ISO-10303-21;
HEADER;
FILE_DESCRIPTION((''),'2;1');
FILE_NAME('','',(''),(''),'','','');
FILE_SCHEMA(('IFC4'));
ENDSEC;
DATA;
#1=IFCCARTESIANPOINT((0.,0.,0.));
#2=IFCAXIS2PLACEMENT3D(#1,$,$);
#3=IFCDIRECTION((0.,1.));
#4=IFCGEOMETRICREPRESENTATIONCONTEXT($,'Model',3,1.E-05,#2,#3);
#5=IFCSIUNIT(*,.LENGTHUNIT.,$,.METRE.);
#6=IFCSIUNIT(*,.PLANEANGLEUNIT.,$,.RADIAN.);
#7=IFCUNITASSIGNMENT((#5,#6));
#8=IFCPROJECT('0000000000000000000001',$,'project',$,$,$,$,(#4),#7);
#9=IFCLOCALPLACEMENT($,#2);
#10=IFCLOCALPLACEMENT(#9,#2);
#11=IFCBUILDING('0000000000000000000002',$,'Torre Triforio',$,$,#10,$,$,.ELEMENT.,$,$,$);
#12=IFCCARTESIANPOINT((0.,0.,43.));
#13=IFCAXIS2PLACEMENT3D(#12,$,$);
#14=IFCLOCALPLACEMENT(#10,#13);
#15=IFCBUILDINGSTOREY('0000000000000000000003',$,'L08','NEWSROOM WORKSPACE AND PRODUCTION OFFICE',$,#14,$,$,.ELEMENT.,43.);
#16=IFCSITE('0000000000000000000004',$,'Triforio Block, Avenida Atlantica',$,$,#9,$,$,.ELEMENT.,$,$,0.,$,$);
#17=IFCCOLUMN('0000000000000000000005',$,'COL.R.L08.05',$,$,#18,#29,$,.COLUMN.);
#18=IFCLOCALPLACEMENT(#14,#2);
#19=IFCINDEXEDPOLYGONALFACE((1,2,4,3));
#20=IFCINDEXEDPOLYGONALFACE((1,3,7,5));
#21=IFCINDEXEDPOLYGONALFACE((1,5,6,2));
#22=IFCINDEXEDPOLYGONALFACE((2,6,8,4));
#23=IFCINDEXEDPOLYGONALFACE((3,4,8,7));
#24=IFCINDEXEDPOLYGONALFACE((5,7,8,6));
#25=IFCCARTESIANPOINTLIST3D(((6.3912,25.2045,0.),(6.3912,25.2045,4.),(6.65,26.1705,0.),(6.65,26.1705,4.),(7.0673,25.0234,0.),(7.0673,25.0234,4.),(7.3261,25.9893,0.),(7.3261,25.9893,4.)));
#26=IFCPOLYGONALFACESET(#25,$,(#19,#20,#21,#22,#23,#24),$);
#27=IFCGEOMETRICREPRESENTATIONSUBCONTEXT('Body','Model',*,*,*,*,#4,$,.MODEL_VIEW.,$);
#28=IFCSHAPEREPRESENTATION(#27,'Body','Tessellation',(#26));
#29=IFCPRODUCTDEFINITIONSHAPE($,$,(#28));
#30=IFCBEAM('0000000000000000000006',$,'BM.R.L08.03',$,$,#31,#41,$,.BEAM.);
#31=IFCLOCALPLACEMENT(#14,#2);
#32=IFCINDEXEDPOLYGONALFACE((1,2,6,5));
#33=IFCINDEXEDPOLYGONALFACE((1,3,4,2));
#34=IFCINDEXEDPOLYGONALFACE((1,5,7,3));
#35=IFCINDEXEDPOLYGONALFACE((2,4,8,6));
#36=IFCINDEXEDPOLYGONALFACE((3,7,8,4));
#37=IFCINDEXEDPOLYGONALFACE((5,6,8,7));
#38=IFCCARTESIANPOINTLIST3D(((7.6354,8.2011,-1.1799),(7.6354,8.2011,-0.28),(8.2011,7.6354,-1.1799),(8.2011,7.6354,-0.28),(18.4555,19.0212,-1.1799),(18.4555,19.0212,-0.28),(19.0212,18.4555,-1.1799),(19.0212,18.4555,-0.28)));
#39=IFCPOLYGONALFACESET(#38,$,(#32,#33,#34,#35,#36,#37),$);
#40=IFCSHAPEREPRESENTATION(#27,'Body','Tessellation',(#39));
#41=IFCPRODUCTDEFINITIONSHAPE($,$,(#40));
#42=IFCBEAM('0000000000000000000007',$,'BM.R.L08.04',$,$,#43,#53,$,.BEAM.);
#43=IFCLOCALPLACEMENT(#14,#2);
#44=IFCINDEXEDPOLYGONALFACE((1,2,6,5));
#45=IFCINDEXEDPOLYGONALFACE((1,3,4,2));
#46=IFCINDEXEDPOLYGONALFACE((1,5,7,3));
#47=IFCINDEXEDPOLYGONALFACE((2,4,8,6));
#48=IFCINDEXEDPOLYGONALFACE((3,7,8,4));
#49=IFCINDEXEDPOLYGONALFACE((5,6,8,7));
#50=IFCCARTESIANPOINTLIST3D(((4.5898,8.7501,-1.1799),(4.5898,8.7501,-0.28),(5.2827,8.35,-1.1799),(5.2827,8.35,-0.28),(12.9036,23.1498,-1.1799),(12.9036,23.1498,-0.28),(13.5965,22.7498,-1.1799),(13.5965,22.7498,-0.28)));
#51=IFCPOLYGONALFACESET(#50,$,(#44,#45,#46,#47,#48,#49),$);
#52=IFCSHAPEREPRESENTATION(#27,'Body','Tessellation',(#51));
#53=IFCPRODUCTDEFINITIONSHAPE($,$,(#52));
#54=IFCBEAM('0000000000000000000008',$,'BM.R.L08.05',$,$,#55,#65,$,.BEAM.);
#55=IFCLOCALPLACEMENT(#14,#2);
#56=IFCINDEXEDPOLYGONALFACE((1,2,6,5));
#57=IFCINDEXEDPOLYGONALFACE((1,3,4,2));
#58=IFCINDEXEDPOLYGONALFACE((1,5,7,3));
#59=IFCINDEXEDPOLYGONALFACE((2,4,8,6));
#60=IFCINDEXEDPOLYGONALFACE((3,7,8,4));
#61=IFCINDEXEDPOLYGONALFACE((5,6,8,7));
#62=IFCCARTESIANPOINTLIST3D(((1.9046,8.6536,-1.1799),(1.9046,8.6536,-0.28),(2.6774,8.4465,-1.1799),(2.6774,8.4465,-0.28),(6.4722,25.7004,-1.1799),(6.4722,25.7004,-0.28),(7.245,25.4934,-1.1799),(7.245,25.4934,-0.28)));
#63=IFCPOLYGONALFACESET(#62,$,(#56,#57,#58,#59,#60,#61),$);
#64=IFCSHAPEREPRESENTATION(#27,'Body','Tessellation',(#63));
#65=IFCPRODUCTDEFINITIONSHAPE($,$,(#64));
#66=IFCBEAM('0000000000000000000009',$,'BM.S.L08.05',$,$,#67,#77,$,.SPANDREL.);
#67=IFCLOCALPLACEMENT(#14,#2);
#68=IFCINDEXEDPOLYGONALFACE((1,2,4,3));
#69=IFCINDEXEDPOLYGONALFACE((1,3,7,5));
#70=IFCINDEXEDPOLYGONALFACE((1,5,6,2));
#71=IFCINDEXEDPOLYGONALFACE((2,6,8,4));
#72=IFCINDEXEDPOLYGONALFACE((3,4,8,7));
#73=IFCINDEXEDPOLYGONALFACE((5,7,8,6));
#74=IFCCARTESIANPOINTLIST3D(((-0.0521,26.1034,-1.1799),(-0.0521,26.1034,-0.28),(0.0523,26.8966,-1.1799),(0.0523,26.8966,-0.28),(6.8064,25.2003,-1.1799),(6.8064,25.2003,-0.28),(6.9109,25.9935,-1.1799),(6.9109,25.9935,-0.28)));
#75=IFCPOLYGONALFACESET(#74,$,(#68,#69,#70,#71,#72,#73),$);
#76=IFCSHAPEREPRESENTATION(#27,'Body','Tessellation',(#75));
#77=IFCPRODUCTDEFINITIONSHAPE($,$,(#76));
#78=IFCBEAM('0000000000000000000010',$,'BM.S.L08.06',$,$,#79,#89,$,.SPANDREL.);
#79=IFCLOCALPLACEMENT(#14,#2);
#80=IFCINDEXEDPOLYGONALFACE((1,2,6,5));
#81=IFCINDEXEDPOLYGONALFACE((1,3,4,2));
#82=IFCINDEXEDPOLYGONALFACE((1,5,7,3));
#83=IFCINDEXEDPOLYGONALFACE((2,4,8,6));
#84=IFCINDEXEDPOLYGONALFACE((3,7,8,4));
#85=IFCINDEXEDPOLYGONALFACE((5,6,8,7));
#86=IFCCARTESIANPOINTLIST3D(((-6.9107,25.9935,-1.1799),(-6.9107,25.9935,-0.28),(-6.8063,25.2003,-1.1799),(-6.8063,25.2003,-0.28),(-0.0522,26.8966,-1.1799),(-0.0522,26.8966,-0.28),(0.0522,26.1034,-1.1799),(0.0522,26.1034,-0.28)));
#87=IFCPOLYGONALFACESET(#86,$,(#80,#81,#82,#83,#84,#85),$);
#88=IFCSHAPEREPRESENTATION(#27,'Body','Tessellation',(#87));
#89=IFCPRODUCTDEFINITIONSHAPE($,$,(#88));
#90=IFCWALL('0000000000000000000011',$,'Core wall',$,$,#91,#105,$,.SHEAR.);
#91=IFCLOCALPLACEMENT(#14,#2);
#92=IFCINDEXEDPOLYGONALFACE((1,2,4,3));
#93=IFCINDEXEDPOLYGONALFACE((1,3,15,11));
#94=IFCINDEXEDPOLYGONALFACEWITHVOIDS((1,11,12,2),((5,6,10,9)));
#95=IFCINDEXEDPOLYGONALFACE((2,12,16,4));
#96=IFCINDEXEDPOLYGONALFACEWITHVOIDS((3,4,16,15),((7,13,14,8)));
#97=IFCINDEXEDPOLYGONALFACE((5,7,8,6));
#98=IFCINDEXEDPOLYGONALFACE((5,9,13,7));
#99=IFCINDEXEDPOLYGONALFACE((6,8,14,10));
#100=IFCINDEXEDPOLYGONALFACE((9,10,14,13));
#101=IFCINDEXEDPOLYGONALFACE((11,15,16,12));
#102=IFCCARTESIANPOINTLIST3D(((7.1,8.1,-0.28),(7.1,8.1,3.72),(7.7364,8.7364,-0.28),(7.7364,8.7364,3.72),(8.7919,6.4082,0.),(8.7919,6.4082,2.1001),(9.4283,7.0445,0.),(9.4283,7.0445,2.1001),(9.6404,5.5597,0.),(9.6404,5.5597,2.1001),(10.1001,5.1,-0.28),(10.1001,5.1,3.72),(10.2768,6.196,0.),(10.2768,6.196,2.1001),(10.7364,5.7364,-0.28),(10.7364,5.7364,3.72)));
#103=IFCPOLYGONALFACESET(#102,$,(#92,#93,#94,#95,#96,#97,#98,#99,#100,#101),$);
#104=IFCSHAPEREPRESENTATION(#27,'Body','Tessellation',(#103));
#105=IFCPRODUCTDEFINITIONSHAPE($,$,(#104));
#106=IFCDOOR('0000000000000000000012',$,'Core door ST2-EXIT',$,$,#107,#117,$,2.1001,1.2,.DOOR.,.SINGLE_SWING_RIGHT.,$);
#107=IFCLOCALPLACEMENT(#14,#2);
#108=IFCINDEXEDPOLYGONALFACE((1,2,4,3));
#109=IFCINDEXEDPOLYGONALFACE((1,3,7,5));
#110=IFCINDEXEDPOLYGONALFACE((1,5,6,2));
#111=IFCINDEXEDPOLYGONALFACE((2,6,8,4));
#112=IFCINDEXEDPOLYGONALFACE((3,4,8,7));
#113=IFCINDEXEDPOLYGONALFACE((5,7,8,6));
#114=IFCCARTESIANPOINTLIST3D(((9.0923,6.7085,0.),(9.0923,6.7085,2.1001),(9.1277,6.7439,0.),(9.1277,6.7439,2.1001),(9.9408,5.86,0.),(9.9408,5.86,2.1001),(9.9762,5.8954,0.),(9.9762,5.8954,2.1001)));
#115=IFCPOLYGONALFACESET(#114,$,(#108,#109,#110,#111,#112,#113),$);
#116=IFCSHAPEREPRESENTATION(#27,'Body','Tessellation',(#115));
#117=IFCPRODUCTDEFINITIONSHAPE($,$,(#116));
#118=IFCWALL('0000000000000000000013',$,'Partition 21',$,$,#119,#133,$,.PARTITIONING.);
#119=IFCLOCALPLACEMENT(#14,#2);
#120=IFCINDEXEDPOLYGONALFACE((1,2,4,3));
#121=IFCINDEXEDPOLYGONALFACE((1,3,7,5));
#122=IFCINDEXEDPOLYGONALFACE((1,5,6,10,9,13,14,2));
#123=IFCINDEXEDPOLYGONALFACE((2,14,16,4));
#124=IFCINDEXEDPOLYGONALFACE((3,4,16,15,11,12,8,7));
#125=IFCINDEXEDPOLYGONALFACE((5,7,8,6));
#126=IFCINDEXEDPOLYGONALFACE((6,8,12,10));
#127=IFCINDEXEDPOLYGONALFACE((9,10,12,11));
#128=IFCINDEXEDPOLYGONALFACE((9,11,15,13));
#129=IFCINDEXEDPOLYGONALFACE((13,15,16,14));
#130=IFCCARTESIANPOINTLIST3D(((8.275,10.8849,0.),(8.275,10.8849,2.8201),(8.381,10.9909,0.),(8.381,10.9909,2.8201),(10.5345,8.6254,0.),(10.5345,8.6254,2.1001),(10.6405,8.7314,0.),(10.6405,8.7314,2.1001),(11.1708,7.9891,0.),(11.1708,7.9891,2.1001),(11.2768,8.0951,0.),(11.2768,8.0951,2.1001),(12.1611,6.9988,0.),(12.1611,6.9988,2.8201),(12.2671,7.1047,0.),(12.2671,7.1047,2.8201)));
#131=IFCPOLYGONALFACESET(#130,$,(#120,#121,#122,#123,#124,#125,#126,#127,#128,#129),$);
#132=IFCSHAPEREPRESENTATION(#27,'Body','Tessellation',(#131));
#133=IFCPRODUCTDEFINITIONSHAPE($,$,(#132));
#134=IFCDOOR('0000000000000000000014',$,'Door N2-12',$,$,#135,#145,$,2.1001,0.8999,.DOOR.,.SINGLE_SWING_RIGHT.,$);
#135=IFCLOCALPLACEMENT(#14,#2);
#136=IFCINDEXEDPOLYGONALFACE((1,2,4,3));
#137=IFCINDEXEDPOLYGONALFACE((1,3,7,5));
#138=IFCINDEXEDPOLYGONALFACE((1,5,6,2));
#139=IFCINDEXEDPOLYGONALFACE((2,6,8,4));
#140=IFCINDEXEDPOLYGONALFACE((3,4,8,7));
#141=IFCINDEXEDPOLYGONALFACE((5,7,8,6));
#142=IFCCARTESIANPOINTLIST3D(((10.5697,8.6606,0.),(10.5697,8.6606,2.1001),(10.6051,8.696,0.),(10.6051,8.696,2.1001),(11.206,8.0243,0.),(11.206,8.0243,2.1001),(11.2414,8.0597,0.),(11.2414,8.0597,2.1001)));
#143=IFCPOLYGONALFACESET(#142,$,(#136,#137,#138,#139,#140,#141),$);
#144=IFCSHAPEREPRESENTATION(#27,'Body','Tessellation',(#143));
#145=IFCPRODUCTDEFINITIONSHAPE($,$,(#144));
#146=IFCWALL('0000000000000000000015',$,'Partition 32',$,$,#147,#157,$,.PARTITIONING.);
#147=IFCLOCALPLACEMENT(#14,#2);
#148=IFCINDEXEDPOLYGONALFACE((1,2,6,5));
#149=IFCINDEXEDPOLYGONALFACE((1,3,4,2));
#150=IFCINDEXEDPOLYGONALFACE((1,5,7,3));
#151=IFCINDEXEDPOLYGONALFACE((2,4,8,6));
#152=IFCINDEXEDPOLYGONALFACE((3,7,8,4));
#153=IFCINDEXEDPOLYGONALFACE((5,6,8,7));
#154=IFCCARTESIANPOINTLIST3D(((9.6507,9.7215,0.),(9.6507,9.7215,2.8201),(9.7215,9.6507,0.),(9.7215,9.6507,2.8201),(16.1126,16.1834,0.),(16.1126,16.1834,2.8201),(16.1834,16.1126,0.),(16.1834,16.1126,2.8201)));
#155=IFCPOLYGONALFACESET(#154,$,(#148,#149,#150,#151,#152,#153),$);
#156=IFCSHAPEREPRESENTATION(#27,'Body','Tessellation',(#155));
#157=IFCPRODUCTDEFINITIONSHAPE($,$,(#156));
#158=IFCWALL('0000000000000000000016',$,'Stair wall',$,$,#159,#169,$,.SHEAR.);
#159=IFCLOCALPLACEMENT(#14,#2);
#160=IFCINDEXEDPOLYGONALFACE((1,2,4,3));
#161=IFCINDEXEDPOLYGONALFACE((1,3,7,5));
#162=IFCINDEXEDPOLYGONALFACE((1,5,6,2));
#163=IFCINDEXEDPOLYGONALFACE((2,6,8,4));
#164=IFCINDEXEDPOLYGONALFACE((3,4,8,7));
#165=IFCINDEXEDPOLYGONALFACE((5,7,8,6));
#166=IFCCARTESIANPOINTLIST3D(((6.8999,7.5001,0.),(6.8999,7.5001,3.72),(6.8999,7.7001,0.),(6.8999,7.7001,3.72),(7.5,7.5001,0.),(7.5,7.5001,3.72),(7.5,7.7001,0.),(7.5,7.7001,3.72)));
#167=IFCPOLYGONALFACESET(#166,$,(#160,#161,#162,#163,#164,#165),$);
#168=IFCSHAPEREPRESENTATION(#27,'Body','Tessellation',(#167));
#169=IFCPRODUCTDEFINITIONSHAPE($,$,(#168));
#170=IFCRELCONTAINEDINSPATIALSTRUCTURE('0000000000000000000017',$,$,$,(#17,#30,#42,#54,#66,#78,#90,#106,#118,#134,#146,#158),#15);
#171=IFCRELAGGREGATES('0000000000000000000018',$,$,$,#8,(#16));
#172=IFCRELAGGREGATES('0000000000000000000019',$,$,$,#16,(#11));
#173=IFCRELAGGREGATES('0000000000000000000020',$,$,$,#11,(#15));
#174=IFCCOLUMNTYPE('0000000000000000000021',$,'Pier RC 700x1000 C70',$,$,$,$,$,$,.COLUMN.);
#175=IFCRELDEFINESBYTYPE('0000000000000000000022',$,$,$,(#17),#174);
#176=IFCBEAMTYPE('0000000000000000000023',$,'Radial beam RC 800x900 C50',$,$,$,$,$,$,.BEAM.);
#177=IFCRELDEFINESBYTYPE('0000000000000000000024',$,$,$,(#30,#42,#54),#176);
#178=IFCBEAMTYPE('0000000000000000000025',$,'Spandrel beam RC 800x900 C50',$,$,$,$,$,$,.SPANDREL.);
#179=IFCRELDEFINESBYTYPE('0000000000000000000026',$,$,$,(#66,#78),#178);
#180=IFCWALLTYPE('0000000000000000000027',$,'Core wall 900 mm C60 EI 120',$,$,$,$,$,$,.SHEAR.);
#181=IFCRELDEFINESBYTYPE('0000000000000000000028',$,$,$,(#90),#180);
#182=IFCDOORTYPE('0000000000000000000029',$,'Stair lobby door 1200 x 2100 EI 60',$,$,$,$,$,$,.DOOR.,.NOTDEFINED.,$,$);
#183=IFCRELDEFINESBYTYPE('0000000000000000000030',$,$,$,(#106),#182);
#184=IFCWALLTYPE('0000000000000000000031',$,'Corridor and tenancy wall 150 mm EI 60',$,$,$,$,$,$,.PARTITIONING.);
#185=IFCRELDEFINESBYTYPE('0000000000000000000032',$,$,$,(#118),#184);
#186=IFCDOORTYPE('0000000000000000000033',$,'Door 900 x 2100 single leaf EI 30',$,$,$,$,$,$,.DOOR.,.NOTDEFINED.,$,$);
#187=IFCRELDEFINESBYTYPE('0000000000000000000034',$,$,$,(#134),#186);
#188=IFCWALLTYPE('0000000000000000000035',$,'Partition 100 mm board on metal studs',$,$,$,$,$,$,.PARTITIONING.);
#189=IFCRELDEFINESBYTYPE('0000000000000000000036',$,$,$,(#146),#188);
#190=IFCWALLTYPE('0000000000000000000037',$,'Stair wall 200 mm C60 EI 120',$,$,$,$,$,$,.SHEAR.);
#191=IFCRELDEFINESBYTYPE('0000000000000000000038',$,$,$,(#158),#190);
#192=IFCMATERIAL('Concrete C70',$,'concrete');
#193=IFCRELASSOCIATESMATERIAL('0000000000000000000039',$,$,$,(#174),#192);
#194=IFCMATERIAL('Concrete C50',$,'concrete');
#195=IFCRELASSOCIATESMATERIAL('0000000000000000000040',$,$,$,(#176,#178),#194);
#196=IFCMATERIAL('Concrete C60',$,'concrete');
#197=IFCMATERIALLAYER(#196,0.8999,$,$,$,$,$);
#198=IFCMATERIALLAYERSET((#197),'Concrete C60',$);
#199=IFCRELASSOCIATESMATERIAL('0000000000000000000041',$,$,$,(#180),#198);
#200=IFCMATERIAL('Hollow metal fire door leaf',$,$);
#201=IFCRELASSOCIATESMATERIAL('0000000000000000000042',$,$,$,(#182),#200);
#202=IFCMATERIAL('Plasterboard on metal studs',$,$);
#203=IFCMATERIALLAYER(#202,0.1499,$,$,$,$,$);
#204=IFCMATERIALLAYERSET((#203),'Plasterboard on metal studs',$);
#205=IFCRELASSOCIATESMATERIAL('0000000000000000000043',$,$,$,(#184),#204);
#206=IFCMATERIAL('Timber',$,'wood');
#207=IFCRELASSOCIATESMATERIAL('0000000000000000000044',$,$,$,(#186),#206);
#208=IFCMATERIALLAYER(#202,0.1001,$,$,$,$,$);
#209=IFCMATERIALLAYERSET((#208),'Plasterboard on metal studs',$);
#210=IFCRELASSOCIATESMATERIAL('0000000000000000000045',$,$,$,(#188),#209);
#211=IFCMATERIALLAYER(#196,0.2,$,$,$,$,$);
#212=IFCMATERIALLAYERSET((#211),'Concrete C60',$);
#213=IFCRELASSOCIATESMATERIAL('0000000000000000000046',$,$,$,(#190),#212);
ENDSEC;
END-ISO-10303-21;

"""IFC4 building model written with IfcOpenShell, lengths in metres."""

from ifc_helpers import new_model, si_unit, direction, frame, frame_2d, origin, origin_2d, place, context, subcontext, project, spatial, rectangle, extrude, material, layer, layer_set, material_profile, profile_set, type_object, element, fill, save


model = new_model("IFC4")

# Units and contexts
model_context = context("Model", 3, precision=1e-05, world=origin(), true_north=direction((0.0, 1.0)))
body_context = subcontext(model_context, "Body", "Model", "MODEL_VIEW")
ifc_project = project(units=[si_unit("LENGTHUNIT", "METRE"), si_unit("PLANEANGLEUNIT", "RADIAN")], contexts=[model_context])

# Site, building, storey
site_placement = place(None, origin())
site = spatial("IfcSite", under=ifc_project, at=site_placement, Name="Triforio Block, Avenida Atlantica", CompositionType="ELEMENT", RefElevation=0.0)
building_placement = place(site_placement, origin())
building = spatial("IfcBuilding", under=site, at=building_placement, Name="Torre Triforio", CompositionType="ELEMENT")
storey_placement = place(building_placement, frame((0.0, 0.0, 43.0)))
storey = spatial("IfcBuildingStorey", under=building, at=storey_placement, Name="L08", Description="NEWSROOM WORKSPACE AND PRODUCTION OFFICE", CompositionType="ELEMENT", Elevation=43.0)

# Column
ifc_material_1 = material(Name="Concrete C70", Category="concrete")
ifc_material_profile_1 = material_profile(ifc_material_1, rectangle(XDim=0.7, YDim=1.0, at=origin_2d()), Name="RC 700x1000")
ifc_profile_set_1 = profile_set([ifc_material_profile_1], Name="Concrete C70")
column_type = type_object("IfcColumnType", Name="Pier RC 700x1000 C70", PredefinedType="COLUMN", material=ifc_profile_set_1)
column_placement = place(storey_placement, frame((6.8586, 25.5969, 0.0), z_axis=(0.0, 0.0, 1.0), x_axis=(-0.965926, 0.258819, 0.0)))
element("IfcColumn", 1, at=column_placement, inside=storey, type_object=column_type, Name="COL.R.L08.05", PredefinedType="COLUMN", context=body_context, shape_type="SweptSolid", body=[
    extrude(rectangle(XDim=0.7, YDim=1.0, at=origin_2d()), origin(), (0.0, 0.0, 1.0), 4.0),
])

# Beams
ifc_material_2 = material(Name="Concrete C50", Category="concrete")
ifc_material_profile_2 = material_profile(ifc_material_2, rectangle(XDim=0.8, YDim=0.8999, at=origin_2d()), Name="RC 800x900")
ifc_profile_set_2 = profile_set([ifc_material_profile_2], Name="Concrete C50")
beam_type_1 = type_object("IfcBeamType", Name="Radial beam RC 800x900 C50", PredefinedType="BEAM", material=ifc_profile_set_2)
beam_1_placement = place(storey_placement, frame((7.9182, 7.9182, -0.73), z_axis=(0.707107, 0.707107, 0.0), x_axis=(-0.707107, 0.707107, 0.0)))
element("IfcBeam", 2, at=beam_1_placement, inside=storey, type_object=beam_type_1, Name="BM.R.L08.03", PredefinedType="BEAM", context=body_context, shape_type="SweptSolid", body=[
    extrude(rectangle(XDim=0.8, YDim=0.8999, at=origin_2d()), origin(), (0.0, 0.0, 1.0), 15.302),
])
beam_2_placement = place(storey_placement, frame((4.9363, 8.55, -0.73), z_axis=(0.500003, 0.866023, 0.0), x_axis=(-0.866023, 0.500003, 0.0)))
element("IfcBeam", 3, at=beam_2_placement, inside=storey, type_object=beam_type_1, Name="BM.R.L08.04", PredefinedType="BEAM", context=body_context, shape_type="SweptSolid", body=[
    extrude(rectangle(XDim=0.8, YDim=0.8999, at=origin_2d()), origin(), (0.0, 0.0, 1.0), 16.6274),
])
beam_3_placement = place(storey_placement, frame((2.291, 8.55, -0.73), z_axis=(0.258815, 0.965927, 0.0), x_axis=(-0.965927, 0.258815, 0.0)))
element("IfcBeam", 4, at=beam_3_placement, inside=storey, type_object=beam_type_1, Name="BM.R.L08.05", PredefinedType="BEAM", context=body_context, shape_type="SweptSolid", body=[
    extrude(rectangle(XDim=0.8, YDim=0.8999, at=origin_2d()), origin(), (0.0, 0.0, 1.0), 17.6482),
])
ifc_material_profile_3 = material_profile(ifc_material_2, rectangle(XDim=0.8, YDim=0.8999, at=origin_2d()), Name="RC 800x900")
ifc_profile_set_3 = profile_set([ifc_material_profile_3], Name="Concrete C50")
beam_type_2 = type_object("IfcBeamType", Name="Spandrel beam RC 800x900 C50", PredefinedType="SPANDREL", material=ifc_profile_set_3)
for number, where, z_axis, x_axis, name in (
    (5, (6.8586, 25.5969, -0.73), (-0.991443, 0.130543, 0.0), (-0.130543, -0.991443, 0.0), "BM.S.L08.05"),
    (6, (0.0, 26.5, -0.73), (-0.991443, -0.130543, 0.0), (0.130543, -0.991443, 0.0), "BM.S.L08.06"),
):
    element("IfcBeam", number, at=place(storey_placement, frame(where, z_axis=z_axis, x_axis=x_axis)), inside=storey, type_object=beam_type_2, Name=name, PredefinedType="SPANDREL", context=body_context, shape_type="SweptSolid", body=[
        extrude(rectangle(XDim=0.8, YDim=0.8999, at=origin_2d()), origin(), (0.0, 0.0, 1.0), 6.9177),
    ])

# Walls, openings, doors
ifc_material_3 = material(Name="Concrete C60", Category="concrete")
ifc_layer_1 = layer(ifc_material_3, 0.8999)
ifc_layer_set_1 = layer_set([ifc_layer_1], Name="Concrete C60")
wall_type_1 = type_object("IfcWallType", Name="Core wall 900 mm C60 EI 120", PredefinedType="SHEAR", material=ifc_layer_set_1)
wall_1_placement = place(storey_placement, frame((7.4182, 8.4182, -0.28), z_axis=(0.0, 0.0, 1.0), x_axis=(0.707107, -0.707107, 0.0)))
wall_1 = element("IfcWall", 7, at=wall_1_placement, inside=storey, type_object=wall_type_1, Name="Core wall", PredefinedType="SHEAR", context=body_context, shape_type="SweptSolid", body=[
    extrude(rectangle(XDim=4.2427, YDim=0.8999, at=frame_2d((2.1213, 0.0))), origin(), (0.0, 0.0, 1.0), 4.0),
])
opening_1_placement = place(wall_1_placement, frame((2.3926, 0.0, 0.28)))
opening_1 = element("IfcOpeningElement", 8, at=opening_1_placement, cuts=wall_1, PredefinedType="OPENING", context=body_context, shape_type="SweptSolid", body=[
    extrude(rectangle(XDim=1.2, YDim=2.1001, at=frame_2d((0.6001, 1.05))), frame((0.0, 0.46, 0.0), z_axis=(0.0, -1.0, 0.0), x_axis=(1.0, 0.0, 0.0)), (0.0, 0.0, 1.0), 0.9199),
])
ifc_material_4 = material(Name="Hollow metal fire door leaf")
door_type_1 = type_object("IfcDoorType", Name="Stair lobby door 1200 x 2100 EI 60", OperationType="NOTDEFINED", PredefinedType="DOOR", material=ifc_material_4)
door_1_placement = place(opening_1_placement, origin())
door_1 = element("IfcDoor", 9, at=door_1_placement, inside=storey, type_object=door_type_1, Name="Core door ST2-EXIT", OperationType="SINGLE_SWING_RIGHT", OverallHeight=2.1001, OverallWidth=1.2, PredefinedType="DOOR", context=body_context, shape_type="SweptSolid", body=[
    extrude(rectangle(XDim=1.2, YDim=2.1001, at=frame_2d((0.6001, 1.05))), frame((0.0, 0.0249, 0.0), z_axis=(0.0, -1.0, 0.0), x_axis=(1.0, 0.0, 0.0)), (0.0, 0.0, 1.0), 0.05),
])
fill(opening_1, door_1)
ifc_material_5 = material(Name="Plasterboard on metal studs")
ifc_layer_2 = layer(ifc_material_5, 0.1499)
ifc_layer_set_2 = layer_set([ifc_layer_2], Name="Plasterboard on metal studs")
wall_type_2 = type_object("IfcWallType", Name="Corridor and tenancy wall 150 mm EI 60", PredefinedType="PARTITIONING", material=ifc_layer_set_2)
wall_2_placement = place(storey_placement, frame((8.3279, 10.938, 0.0), z_axis=(0.0, 0.0, 1.0), x_axis=(0.707107, -0.707107, 0.0)))
wall_2 = element("IfcWall", 10, at=wall_2_placement, inside=storey, type_object=wall_type_2, Name="Partition 21", PredefinedType="PARTITIONING", context=body_context, shape_type="SweptSolid", body=[
    extrude(rectangle(XDim=5.4958, YDim=0.1499, at=frame_2d((2.748, 0.0))), origin(), (0.0, 0.0, 1.0), 2.8201),
])
opening_2_placement = place(wall_2_placement, frame((3.1956, 0.0, 0.0)))
opening_2 = element("IfcOpeningElement", 11, at=opening_2_placement, cuts=wall_2, PredefinedType="OPENING", context=body_context, shape_type="SweptSolid", body=[
    extrude(rectangle(XDim=0.8999, YDim=2.1001, at=frame_2d((0.45, 1.05))), frame((0.0, 0.085, 0.0), z_axis=(0.0, -1.0, 0.0), x_axis=(1.0, 0.0, 0.0)), (0.0, 0.0, 1.0), 0.1699),
])
ifc_material_6 = material(Name="Timber", Category="wood")
door_type_2 = type_object("IfcDoorType", Name="Door 900 x 2100 single leaf EI 30", OperationType="NOTDEFINED", PredefinedType="DOOR", material=ifc_material_6)
door_2_placement = place(opening_2_placement, origin())
door_2 = element("IfcDoor", 12, at=door_2_placement, inside=storey, type_object=door_type_2, Name="Door N2-12", OperationType="SINGLE_SWING_RIGHT", OverallHeight=2.1001, OverallWidth=0.8999, PredefinedType="DOOR", context=body_context, shape_type="SweptSolid", body=[
    extrude(rectangle(XDim=0.8999, YDim=2.1001, at=frame_2d((0.45, 1.05))), frame((0.0, 0.0249, 0.0), z_axis=(0.0, -1.0, 0.0), x_axis=(1.0, 0.0, 0.0)), (0.0, 0.0, 1.0), 0.05),
])
fill(opening_2, door_2)

# Walls
ifc_layer_3 = layer(ifc_material_5, 0.1001)
ifc_layer_set_3 = layer_set([ifc_layer_3], Name="Plasterboard on metal studs")
wall_type_3 = type_object("IfcWallType", Name="Partition 100 mm board on metal studs", PredefinedType="PARTITIONING", material=ifc_layer_set_3)
wall_3_placement = place(storey_placement, frame((9.686, 9.686, 0.0), z_axis=(0.0, 0.0, 1.0), x_axis=(0.707107, 0.707107, 0.0)))
element("IfcWall", 13, at=wall_3_placement, inside=storey, type_object=wall_type_3, Name="Partition 32", PredefinedType="PARTITIONING", context=body_context, shape_type="SweptSolid", body=[
    extrude(rectangle(XDim=9.1384, YDim=0.1001, at=frame_2d((4.5693, 0.0))), origin(), (0.0, 0.0, 1.0), 2.8201),
])
ifc_layer_4 = layer(ifc_material_3, 0.2)
ifc_layer_set_4 = layer_set([ifc_layer_4], Name="Concrete C60")
wall_type_4 = type_object("IfcWallType", Name="Stair wall 200 mm C60 EI 120", PredefinedType="SHEAR", material=ifc_layer_set_4)
wall_4_placement = place(storey_placement, frame((6.8999, 7.6001, 0.0), z_axis=(0.0, 0.0, 1.0), x_axis=(1.0, 0.0, 0.0)))
element("IfcWall", 14, at=wall_4_placement, inside=storey, type_object=wall_type_4, Name="Stair wall", PredefinedType="SHEAR", context=body_context, shape_type="SweptSolid", body=[
    extrude(rectangle(XDim=0.6001, YDim=0.2, at=frame_2d((0.3, 0.0))), origin(), (0.0, 0.0, 1.0), 3.72),
])

save(model, "model.ifc")
